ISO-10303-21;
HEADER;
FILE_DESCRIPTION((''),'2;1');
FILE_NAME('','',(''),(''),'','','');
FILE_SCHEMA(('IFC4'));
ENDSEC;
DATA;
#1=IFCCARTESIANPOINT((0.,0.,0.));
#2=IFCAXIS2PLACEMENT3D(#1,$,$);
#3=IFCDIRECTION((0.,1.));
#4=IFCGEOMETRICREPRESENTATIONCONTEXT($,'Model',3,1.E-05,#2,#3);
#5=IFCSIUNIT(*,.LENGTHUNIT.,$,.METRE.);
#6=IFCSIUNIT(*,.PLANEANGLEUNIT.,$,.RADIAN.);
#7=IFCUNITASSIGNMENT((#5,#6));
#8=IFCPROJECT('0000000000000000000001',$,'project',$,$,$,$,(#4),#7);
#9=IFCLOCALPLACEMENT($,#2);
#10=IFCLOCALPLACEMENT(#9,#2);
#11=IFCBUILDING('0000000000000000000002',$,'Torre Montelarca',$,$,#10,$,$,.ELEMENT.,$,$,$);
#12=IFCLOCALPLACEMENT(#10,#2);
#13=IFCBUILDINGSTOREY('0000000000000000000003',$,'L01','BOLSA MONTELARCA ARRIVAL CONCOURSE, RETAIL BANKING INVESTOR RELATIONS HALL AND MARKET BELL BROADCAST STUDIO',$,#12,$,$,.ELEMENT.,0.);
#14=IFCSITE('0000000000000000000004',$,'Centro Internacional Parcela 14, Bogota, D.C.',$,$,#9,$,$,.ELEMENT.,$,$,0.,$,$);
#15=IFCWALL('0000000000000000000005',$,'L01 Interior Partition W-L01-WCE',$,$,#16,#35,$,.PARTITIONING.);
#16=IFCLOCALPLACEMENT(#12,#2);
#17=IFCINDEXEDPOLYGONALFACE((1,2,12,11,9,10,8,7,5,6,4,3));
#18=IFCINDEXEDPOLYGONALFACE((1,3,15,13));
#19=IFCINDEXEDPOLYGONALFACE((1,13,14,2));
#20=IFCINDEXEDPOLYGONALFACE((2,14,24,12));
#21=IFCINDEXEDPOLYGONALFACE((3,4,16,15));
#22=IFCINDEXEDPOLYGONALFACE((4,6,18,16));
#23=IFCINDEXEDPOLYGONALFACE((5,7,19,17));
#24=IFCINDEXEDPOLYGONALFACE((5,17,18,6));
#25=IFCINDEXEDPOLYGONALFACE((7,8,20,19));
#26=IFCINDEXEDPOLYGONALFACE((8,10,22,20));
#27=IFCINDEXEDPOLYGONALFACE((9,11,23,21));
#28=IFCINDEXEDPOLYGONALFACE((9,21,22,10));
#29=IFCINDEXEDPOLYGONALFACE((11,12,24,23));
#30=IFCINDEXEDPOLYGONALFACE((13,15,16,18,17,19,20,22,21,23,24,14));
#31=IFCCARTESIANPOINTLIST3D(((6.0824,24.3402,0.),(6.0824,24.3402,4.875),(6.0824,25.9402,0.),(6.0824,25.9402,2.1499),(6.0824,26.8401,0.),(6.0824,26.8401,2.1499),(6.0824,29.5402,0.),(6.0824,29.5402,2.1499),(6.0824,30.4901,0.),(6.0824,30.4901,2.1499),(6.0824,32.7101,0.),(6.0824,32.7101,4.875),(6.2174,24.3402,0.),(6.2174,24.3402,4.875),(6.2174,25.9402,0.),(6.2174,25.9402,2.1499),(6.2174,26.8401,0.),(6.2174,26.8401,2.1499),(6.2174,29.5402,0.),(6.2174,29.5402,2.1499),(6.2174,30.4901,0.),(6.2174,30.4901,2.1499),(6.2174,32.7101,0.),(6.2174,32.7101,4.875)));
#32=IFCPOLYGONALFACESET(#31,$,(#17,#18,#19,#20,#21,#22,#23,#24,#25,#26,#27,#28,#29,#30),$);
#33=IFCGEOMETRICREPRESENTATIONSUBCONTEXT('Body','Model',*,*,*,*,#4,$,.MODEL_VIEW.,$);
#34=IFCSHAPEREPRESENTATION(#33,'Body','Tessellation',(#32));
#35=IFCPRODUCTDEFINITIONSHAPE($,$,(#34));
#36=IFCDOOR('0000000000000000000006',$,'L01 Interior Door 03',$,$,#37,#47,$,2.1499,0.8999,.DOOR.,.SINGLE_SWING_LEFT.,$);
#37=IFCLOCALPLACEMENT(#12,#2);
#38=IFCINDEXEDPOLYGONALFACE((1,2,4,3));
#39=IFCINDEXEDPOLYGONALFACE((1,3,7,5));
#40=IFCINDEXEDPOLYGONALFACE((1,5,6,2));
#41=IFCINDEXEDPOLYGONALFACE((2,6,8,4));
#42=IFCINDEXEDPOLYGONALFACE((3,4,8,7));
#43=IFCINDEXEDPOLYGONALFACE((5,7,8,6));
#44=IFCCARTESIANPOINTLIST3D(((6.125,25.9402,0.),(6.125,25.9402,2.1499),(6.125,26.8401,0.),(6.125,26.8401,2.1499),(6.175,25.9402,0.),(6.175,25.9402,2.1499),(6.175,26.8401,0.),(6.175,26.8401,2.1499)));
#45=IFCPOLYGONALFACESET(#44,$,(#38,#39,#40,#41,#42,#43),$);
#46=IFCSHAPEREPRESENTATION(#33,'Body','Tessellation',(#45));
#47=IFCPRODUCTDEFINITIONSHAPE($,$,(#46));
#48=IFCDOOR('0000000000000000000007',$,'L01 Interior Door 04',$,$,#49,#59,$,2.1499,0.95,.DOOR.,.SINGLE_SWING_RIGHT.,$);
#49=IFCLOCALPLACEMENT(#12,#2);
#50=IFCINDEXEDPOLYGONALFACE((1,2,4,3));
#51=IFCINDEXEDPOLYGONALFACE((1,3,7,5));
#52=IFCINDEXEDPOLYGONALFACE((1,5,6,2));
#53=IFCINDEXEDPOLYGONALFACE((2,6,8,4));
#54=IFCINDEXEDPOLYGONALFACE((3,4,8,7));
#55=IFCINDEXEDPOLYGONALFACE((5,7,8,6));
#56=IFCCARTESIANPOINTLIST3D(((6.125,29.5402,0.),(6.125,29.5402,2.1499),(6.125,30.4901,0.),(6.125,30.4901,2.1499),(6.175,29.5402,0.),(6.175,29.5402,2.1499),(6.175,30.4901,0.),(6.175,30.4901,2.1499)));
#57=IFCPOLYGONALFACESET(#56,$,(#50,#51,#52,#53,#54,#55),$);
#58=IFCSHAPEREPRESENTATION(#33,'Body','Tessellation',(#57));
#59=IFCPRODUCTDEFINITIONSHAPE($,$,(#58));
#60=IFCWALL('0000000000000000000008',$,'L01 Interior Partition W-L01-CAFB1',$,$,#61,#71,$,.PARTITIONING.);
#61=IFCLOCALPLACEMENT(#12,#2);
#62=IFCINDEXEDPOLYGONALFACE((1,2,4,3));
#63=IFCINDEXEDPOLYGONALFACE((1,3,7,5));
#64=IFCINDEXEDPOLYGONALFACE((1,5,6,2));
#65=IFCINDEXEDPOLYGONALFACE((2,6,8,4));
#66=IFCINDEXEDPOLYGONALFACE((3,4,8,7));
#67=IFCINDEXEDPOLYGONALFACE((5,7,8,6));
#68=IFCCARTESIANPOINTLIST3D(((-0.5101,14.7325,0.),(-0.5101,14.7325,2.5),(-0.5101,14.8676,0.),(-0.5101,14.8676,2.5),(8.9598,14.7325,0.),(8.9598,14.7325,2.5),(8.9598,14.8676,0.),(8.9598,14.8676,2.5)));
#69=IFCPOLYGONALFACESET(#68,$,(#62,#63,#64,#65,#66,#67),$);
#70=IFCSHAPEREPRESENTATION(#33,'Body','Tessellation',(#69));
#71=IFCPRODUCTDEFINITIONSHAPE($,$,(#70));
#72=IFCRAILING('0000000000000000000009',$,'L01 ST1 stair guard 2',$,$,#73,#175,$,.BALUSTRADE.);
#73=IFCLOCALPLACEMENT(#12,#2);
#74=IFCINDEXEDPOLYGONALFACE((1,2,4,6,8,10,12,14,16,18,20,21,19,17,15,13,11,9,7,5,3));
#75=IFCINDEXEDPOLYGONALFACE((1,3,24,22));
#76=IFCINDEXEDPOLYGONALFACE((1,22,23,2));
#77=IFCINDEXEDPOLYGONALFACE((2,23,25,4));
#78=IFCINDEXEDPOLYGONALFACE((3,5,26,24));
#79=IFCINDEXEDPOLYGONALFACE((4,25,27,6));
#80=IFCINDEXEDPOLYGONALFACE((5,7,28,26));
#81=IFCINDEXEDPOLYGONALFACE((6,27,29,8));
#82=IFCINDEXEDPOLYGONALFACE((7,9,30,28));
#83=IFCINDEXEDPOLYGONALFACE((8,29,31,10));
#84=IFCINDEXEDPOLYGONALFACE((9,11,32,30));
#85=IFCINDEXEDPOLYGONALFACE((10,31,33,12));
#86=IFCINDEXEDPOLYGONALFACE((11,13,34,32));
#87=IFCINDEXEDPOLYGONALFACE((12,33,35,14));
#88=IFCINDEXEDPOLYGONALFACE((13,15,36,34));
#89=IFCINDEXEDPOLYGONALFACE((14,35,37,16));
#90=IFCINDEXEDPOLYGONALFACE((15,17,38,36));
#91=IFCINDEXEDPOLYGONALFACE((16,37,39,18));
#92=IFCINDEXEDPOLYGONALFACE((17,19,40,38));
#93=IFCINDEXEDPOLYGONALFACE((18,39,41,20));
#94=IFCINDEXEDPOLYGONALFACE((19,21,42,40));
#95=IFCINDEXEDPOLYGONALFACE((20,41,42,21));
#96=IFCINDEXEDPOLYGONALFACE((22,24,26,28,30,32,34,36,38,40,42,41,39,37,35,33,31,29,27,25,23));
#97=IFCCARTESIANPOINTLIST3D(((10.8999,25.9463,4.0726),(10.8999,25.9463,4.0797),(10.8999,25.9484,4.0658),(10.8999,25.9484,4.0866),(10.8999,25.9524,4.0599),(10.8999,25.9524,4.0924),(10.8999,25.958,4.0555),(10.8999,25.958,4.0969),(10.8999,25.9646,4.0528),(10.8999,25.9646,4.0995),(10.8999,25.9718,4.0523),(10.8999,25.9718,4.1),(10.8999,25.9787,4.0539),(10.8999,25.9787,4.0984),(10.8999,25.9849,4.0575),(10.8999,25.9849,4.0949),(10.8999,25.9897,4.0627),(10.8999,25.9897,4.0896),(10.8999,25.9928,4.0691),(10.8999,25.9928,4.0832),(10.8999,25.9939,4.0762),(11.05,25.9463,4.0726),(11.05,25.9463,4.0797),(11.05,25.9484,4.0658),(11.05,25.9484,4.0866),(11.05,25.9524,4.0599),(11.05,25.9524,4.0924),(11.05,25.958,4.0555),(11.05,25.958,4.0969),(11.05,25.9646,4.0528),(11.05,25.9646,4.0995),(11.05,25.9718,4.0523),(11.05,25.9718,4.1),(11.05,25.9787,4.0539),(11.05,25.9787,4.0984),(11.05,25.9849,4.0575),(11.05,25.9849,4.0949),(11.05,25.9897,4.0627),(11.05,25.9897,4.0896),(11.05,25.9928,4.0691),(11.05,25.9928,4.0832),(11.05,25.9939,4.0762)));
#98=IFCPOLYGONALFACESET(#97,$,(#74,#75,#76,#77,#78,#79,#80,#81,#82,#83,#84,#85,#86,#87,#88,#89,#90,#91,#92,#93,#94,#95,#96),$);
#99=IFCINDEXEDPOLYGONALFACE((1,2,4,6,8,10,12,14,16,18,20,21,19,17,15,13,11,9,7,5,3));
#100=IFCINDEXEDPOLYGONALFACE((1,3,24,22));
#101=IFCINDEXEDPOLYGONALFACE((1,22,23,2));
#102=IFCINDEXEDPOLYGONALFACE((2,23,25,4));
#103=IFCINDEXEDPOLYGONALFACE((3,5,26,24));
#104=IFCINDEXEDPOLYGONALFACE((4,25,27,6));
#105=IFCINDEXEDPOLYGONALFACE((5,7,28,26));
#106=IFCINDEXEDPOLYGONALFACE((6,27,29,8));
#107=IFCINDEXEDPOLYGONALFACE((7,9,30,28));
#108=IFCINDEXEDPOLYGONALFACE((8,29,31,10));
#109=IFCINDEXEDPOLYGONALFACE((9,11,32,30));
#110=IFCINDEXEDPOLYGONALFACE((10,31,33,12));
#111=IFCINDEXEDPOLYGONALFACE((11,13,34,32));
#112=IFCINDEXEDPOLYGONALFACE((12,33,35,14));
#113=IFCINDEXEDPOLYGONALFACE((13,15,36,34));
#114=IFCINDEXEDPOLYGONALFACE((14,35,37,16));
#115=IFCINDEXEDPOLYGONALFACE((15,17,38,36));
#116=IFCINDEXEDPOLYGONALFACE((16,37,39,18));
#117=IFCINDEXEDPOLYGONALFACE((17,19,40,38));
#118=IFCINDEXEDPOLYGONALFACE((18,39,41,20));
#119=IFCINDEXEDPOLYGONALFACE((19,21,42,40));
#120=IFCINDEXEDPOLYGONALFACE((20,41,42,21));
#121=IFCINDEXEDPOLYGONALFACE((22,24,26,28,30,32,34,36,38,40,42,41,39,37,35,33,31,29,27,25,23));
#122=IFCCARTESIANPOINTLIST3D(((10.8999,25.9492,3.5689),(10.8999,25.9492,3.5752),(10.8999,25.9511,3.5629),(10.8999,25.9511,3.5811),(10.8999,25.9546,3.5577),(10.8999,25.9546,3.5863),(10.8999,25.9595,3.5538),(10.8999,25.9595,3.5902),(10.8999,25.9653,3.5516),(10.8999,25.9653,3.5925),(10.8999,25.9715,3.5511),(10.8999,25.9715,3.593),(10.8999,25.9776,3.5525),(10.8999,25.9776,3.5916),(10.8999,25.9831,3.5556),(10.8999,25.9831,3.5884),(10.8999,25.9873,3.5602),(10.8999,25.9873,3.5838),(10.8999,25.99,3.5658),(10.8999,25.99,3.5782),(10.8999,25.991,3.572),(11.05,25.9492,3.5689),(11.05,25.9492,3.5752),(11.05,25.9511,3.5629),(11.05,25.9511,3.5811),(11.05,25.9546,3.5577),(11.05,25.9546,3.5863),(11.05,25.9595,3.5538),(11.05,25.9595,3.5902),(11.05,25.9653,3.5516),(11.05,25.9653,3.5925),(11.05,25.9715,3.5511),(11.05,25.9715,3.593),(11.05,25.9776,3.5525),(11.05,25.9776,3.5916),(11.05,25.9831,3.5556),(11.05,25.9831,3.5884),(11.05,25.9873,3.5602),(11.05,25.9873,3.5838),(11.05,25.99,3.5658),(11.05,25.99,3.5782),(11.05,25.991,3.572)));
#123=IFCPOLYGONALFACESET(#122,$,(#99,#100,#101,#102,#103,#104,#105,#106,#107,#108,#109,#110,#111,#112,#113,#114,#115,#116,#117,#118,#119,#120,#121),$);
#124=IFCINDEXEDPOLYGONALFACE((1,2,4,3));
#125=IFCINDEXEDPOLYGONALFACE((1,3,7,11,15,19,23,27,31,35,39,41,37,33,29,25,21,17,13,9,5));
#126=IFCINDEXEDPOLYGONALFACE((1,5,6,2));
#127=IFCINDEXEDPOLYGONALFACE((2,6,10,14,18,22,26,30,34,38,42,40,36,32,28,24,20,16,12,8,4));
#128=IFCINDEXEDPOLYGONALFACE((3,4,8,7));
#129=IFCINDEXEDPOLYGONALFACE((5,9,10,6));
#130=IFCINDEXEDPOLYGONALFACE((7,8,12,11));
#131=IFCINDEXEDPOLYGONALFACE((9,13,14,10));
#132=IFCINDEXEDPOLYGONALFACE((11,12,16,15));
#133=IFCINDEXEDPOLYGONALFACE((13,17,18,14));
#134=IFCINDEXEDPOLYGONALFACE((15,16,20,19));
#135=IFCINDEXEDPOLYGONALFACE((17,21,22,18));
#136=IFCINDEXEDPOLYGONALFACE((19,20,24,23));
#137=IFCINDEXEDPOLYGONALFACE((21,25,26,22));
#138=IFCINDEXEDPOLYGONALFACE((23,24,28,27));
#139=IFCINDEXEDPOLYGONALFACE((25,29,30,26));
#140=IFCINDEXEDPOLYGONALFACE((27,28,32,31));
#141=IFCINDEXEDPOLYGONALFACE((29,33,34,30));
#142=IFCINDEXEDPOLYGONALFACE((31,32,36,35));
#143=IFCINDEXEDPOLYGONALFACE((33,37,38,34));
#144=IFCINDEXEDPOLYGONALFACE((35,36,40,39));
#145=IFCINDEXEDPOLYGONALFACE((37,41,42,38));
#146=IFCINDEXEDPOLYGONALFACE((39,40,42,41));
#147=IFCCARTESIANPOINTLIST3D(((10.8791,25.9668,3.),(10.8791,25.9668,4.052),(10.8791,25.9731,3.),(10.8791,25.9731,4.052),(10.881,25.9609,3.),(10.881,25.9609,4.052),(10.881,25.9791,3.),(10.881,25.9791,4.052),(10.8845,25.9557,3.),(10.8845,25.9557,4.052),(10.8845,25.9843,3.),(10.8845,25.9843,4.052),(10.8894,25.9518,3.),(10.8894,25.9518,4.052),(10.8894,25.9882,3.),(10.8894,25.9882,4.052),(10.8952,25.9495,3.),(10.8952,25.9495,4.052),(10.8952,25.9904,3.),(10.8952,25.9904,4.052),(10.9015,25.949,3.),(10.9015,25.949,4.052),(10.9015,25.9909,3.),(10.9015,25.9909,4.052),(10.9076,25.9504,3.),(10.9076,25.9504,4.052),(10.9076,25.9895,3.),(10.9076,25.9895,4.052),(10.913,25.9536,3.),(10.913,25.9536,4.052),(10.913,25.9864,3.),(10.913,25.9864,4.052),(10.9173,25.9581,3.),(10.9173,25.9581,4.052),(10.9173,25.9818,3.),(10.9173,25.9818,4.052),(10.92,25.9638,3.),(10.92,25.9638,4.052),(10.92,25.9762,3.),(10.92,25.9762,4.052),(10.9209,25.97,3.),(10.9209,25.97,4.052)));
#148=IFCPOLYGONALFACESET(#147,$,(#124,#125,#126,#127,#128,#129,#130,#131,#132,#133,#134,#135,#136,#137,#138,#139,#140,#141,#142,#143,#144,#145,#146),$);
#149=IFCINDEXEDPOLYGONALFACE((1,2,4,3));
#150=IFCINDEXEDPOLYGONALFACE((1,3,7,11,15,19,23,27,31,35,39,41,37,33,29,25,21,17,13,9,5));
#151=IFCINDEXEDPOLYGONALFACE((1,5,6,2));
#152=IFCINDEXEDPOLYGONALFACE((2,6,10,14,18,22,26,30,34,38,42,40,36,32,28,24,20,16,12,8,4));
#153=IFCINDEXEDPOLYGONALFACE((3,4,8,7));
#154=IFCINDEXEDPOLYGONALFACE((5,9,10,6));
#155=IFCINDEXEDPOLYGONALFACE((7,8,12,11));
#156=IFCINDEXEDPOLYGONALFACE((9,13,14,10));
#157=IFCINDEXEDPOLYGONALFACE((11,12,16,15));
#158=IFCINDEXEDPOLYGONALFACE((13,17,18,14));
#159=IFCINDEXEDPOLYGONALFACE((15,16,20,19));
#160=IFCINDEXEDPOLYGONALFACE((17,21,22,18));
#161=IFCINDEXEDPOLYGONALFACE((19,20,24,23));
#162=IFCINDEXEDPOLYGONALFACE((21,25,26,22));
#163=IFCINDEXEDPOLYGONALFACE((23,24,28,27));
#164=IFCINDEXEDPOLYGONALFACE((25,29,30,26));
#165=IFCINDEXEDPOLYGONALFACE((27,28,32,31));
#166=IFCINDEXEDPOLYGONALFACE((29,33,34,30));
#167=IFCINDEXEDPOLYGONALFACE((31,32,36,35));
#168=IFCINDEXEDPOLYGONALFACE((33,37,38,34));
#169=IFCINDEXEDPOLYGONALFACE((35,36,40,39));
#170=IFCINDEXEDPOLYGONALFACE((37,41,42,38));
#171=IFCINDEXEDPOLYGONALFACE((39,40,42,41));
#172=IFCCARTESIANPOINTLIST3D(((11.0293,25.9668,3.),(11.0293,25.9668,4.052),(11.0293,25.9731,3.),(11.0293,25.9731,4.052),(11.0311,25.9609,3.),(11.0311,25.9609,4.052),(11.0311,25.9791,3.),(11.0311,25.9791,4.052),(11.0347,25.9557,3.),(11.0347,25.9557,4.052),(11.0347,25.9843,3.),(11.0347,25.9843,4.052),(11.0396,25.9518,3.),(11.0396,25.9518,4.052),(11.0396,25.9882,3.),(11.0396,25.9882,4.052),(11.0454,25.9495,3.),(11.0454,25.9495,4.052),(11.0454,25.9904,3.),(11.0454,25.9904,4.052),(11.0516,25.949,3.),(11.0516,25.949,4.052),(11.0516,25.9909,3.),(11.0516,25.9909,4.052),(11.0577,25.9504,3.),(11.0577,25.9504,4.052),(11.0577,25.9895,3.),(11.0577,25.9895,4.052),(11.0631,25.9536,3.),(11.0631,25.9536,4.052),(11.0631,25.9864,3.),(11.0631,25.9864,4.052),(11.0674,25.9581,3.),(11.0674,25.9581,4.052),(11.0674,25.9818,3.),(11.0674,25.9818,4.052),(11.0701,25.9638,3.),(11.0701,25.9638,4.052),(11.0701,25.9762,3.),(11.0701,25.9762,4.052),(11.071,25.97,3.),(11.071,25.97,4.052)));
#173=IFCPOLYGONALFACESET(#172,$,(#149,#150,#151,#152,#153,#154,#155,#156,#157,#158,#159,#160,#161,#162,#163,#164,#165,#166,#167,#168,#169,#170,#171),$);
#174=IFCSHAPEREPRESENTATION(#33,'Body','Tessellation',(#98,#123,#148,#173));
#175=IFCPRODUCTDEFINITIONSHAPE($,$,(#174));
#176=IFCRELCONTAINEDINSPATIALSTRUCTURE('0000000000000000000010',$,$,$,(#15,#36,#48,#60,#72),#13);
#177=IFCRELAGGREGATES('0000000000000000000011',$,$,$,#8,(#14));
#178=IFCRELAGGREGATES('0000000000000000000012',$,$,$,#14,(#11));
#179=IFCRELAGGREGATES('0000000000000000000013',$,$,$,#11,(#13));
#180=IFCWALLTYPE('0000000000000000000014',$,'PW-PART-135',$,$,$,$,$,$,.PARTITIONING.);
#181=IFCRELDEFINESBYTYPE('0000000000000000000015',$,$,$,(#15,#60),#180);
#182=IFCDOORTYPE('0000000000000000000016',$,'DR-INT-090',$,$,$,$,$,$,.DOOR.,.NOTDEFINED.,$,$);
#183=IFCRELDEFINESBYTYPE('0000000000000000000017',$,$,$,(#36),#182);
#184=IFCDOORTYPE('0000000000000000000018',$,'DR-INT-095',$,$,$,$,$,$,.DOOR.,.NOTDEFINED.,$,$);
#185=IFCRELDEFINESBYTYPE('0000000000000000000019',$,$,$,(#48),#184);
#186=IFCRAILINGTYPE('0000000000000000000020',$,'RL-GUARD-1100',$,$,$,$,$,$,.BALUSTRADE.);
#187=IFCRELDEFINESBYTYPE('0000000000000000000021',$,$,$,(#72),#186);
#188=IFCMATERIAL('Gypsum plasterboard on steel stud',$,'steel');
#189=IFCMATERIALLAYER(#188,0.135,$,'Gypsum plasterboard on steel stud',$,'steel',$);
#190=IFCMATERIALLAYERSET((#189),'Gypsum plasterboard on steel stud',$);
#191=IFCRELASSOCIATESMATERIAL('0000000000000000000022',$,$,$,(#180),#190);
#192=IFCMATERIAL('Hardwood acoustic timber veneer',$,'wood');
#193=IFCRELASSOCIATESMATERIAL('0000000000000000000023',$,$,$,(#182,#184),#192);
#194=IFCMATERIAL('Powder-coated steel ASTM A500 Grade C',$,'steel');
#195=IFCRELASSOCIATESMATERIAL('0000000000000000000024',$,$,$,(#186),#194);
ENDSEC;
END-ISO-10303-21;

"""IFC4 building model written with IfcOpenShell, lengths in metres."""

from ifc_helpers import new_model, si_unit, direction, frame, frame_2d, origin, origin_2d, place, context, subcontext, project, spatial, rectangle, circle, extrude, source, transform, mapped, material, layer, layer_set, type_object, element, fill, save


model = new_model("IFC4")

# Units and contexts
model_context = context("Model", 3, precision=1e-05, world=origin(), true_north=direction((0.0, 1.0)))
body_context = subcontext(model_context, "Body", "Model", "MODEL_VIEW")
ifc_project = project(units=[si_unit("LENGTHUNIT", "METRE"), si_unit("PLANEANGLEUNIT", "RADIAN")], contexts=[model_context])

# Site, building, storey
site_placement = place(None, origin())
site = spatial("IfcSite", under=ifc_project, at=site_placement, Name="Centro Internacional Parcela 14, Bogota, D.C.", CompositionType="ELEMENT", RefElevation=0.0)
building_placement = place(site_placement, origin())
building = spatial("IfcBuilding", under=site, at=building_placement, Name="Torre Montelarca", CompositionType="ELEMENT")
storey_placement = place(building_placement, origin())
storey = spatial("IfcBuildingStorey", under=building, at=storey_placement, Name="L01", Description="BOLSA MONTELARCA ARRIVAL CONCOURSE, RETAIL BANKING INVESTOR RELATIONS HALL AND MARKET BELL BROADCAST STUDIO", CompositionType="ELEMENT", Elevation=0.0)

# Shared definitions
ifc_material_1 = material(Name="Gypsum plasterboard on steel stud", Category="steel")

# Shared definitions
ifc_layer_1 = layer(ifc_material_1, 0.135, Name="Gypsum plasterboard on steel stud", Category="steel")
ifc_layer_set_1 = layer_set([ifc_layer_1], Name="Gypsum plasterboard on steel stud")
wall_type_1 = type_object("IfcWallType", Name="PW-PART-135", PredefinedType="PARTITIONING", material=ifc_layer_set_1)

# Wall, openings, doors
wall_1_placement = place(storey_placement, frame((6.1499, 24.3401, 0.0), z_axis=(0.0, 0.0, 1.0), x_axis=(0.0, 1.0, 0.0)))
wall_1 = element("IfcWall", 1, at=wall_1_placement, inside=storey, type_object=wall_type_1, Name="L01 Interior Partition W-L01-WCE", PredefinedType="PARTITIONING", context=body_context, shape_type="SweptSolid", body=[
    extrude(rectangle(XDim=8.3699, YDim=0.135, at=frame_2d((4.1851, 0.0))), origin(), (0.0, 0.0, 1.0), 4.875),
])
opening_1_placement = place(wall_1_placement, frame((1.6001, 0.0, 0.0)))
opening_1 = element("IfcOpeningElement", 2, at=opening_1_placement, cuts=wall_1, PredefinedType="OPENING", context=body_context, shape_type="SweptSolid", body=[
    extrude(rectangle(XDim=0.8999, YDim=2.1499, at=frame_2d((0.45, 1.075))), frame((0.0, 0.0776, 0.0), z_axis=(0.0, -1.0, 0.0), x_axis=(1.0, 0.0, 0.0)), (0.0, 0.0, 1.0), 0.155),
])
opening_2_placement = place(wall_1_placement, frame((5.2, 0.0, 0.0)))
opening_2 = element("IfcOpeningElement", 3, at=opening_2_placement, cuts=wall_1, PredefinedType="OPENING", context=body_context, shape_type="SweptSolid", body=[
    extrude(rectangle(XDim=0.95, YDim=2.1499, at=frame_2d((0.4751, 1.075))), frame((0.0, 0.0776, 0.0), z_axis=(0.0, -1.0, 0.0), x_axis=(1.0, 0.0, 0.0)), (0.0, 0.0, 1.0), 0.155),
])
ifc_material_2 = material(Name="Hardwood acoustic timber veneer", Category="wood")
door_type_1 = type_object("IfcDoorType", Name="DR-INT-090", OperationType="NOTDEFINED", PredefinedType="DOOR", material=ifc_material_2)
shared_shape_1 = source(origin(), body_context, "Body", "SweptSolid", [
    extrude(rectangle(XDim=0.8999, YDim=2.1499, at=frame_2d((0.45, 1.075))), frame((0.0, 0.0249, 0.0), z_axis=(0.0, -1.0, 0.0), x_axis=(1.0, 0.0, 0.0)), (0.0, 0.0, 1.0), 0.05),
])
door_1_placement = place(opening_1_placement, origin())
door_1 = element("IfcDoor", 4, at=door_1_placement, inside=storey, type_object=door_type_1, Name="L01 Interior Door 03", OperationType="SINGLE_SWING_LEFT", OverallHeight=2.1499, OverallWidth=0.8999, PredefinedType="DOOR", context=body_context, shape_type="MappedRepresentation", body=[
    mapped(shared_shape_1, transform((0.0, 0.0, 0.0), scale=1.0)),
])
fill(opening_1, door_1)
door_type_2 = type_object("IfcDoorType", Name="DR-INT-095", OperationType="NOTDEFINED", PredefinedType="DOOR", material=ifc_material_2)
shared_shape_2 = source(origin(), body_context, "Body", "SweptSolid", [
    extrude(rectangle(XDim=0.95, YDim=2.1499, at=frame_2d((0.4751, 1.075))), frame((0.0, 0.0249, 0.0), z_axis=(0.0, -1.0, 0.0), x_axis=(1.0, 0.0, 0.0)), (0.0, 0.0, 1.0), 0.05),
])
door_2_placement = place(opening_2_placement, origin())
door_2 = element("IfcDoor", 5, at=door_2_placement, inside=storey, type_object=door_type_2, Name="L01 Interior Door 04", OperationType="SINGLE_SWING_RIGHT", OverallHeight=2.1499, OverallWidth=0.95, PredefinedType="DOOR", context=body_context, shape_type="MappedRepresentation", body=[
    mapped(shared_shape_2, transform((0.0, 0.0, 0.0), scale=1.0)),
])
fill(opening_2, door_2)

# Wall
wall_2_placement = place(storey_placement, frame((-0.51, 14.8, 0.0), z_axis=(0.0, 0.0, 1.0), x_axis=(1.0, 0.0, 0.0)))
element("IfcWall", 6, at=wall_2_placement, inside=storey, type_object=wall_type_1, Name="L01 Interior Partition W-L01-CAFB1", PredefinedType="PARTITIONING", context=body_context, shape_type="SweptSolid", body=[
    extrude(rectangle(XDim=9.47, YDim=0.135, at=frame_2d((4.7349, 0.0))), origin(), (0.0, 0.0, 1.0), 2.5),
])

# Railing
ifc_material_3 = material(Name="Powder-coated steel ASTM A500 Grade C", Category="steel")
railing_type = type_object("IfcRailingType", Name="RL-GUARD-1100", PredefinedType="BALUSTRADE", material=ifc_material_3)
railing_1_placement = place(storey_placement, frame((10.8999, 25.97, 3.0)))
element("IfcRailing", 7, at=railing_1_placement, inside=storey, type_object=railing_type, Name="L01 ST1 stair guard 2", PredefinedType="BALUSTRADE", context=body_context, shape_type="SweptSolid", body=[
    extrude(circle(Radius=0.0239, at=origin_2d()), frame((0.0, 0.0, 1.0762), z_axis=(1.0, 0.0, 0.0), x_axis=(0.0, 1.0, 0.0)), (0.0, 0.0, 1.0), 0.1501),
    extrude(circle(Radius=0.021, at=origin_2d()), frame((0.0, 0.0, 0.572), z_axis=(1.0, 0.0, 0.0), x_axis=(0.0, 1.0, 0.0)), (0.0, 0.0, 1.0), 0.1501),
    extrude(circle(Radius=0.021, at=origin_2d()), origin(), (0.0, 0.0, 1.0), 1.052),
    extrude(circle(Radius=0.021, at=origin_2d()), frame((0.1501, 0.0, 0.0)), (0.0, 0.0, 1.0), 1.052),
])

save(model, "model.ifc")
